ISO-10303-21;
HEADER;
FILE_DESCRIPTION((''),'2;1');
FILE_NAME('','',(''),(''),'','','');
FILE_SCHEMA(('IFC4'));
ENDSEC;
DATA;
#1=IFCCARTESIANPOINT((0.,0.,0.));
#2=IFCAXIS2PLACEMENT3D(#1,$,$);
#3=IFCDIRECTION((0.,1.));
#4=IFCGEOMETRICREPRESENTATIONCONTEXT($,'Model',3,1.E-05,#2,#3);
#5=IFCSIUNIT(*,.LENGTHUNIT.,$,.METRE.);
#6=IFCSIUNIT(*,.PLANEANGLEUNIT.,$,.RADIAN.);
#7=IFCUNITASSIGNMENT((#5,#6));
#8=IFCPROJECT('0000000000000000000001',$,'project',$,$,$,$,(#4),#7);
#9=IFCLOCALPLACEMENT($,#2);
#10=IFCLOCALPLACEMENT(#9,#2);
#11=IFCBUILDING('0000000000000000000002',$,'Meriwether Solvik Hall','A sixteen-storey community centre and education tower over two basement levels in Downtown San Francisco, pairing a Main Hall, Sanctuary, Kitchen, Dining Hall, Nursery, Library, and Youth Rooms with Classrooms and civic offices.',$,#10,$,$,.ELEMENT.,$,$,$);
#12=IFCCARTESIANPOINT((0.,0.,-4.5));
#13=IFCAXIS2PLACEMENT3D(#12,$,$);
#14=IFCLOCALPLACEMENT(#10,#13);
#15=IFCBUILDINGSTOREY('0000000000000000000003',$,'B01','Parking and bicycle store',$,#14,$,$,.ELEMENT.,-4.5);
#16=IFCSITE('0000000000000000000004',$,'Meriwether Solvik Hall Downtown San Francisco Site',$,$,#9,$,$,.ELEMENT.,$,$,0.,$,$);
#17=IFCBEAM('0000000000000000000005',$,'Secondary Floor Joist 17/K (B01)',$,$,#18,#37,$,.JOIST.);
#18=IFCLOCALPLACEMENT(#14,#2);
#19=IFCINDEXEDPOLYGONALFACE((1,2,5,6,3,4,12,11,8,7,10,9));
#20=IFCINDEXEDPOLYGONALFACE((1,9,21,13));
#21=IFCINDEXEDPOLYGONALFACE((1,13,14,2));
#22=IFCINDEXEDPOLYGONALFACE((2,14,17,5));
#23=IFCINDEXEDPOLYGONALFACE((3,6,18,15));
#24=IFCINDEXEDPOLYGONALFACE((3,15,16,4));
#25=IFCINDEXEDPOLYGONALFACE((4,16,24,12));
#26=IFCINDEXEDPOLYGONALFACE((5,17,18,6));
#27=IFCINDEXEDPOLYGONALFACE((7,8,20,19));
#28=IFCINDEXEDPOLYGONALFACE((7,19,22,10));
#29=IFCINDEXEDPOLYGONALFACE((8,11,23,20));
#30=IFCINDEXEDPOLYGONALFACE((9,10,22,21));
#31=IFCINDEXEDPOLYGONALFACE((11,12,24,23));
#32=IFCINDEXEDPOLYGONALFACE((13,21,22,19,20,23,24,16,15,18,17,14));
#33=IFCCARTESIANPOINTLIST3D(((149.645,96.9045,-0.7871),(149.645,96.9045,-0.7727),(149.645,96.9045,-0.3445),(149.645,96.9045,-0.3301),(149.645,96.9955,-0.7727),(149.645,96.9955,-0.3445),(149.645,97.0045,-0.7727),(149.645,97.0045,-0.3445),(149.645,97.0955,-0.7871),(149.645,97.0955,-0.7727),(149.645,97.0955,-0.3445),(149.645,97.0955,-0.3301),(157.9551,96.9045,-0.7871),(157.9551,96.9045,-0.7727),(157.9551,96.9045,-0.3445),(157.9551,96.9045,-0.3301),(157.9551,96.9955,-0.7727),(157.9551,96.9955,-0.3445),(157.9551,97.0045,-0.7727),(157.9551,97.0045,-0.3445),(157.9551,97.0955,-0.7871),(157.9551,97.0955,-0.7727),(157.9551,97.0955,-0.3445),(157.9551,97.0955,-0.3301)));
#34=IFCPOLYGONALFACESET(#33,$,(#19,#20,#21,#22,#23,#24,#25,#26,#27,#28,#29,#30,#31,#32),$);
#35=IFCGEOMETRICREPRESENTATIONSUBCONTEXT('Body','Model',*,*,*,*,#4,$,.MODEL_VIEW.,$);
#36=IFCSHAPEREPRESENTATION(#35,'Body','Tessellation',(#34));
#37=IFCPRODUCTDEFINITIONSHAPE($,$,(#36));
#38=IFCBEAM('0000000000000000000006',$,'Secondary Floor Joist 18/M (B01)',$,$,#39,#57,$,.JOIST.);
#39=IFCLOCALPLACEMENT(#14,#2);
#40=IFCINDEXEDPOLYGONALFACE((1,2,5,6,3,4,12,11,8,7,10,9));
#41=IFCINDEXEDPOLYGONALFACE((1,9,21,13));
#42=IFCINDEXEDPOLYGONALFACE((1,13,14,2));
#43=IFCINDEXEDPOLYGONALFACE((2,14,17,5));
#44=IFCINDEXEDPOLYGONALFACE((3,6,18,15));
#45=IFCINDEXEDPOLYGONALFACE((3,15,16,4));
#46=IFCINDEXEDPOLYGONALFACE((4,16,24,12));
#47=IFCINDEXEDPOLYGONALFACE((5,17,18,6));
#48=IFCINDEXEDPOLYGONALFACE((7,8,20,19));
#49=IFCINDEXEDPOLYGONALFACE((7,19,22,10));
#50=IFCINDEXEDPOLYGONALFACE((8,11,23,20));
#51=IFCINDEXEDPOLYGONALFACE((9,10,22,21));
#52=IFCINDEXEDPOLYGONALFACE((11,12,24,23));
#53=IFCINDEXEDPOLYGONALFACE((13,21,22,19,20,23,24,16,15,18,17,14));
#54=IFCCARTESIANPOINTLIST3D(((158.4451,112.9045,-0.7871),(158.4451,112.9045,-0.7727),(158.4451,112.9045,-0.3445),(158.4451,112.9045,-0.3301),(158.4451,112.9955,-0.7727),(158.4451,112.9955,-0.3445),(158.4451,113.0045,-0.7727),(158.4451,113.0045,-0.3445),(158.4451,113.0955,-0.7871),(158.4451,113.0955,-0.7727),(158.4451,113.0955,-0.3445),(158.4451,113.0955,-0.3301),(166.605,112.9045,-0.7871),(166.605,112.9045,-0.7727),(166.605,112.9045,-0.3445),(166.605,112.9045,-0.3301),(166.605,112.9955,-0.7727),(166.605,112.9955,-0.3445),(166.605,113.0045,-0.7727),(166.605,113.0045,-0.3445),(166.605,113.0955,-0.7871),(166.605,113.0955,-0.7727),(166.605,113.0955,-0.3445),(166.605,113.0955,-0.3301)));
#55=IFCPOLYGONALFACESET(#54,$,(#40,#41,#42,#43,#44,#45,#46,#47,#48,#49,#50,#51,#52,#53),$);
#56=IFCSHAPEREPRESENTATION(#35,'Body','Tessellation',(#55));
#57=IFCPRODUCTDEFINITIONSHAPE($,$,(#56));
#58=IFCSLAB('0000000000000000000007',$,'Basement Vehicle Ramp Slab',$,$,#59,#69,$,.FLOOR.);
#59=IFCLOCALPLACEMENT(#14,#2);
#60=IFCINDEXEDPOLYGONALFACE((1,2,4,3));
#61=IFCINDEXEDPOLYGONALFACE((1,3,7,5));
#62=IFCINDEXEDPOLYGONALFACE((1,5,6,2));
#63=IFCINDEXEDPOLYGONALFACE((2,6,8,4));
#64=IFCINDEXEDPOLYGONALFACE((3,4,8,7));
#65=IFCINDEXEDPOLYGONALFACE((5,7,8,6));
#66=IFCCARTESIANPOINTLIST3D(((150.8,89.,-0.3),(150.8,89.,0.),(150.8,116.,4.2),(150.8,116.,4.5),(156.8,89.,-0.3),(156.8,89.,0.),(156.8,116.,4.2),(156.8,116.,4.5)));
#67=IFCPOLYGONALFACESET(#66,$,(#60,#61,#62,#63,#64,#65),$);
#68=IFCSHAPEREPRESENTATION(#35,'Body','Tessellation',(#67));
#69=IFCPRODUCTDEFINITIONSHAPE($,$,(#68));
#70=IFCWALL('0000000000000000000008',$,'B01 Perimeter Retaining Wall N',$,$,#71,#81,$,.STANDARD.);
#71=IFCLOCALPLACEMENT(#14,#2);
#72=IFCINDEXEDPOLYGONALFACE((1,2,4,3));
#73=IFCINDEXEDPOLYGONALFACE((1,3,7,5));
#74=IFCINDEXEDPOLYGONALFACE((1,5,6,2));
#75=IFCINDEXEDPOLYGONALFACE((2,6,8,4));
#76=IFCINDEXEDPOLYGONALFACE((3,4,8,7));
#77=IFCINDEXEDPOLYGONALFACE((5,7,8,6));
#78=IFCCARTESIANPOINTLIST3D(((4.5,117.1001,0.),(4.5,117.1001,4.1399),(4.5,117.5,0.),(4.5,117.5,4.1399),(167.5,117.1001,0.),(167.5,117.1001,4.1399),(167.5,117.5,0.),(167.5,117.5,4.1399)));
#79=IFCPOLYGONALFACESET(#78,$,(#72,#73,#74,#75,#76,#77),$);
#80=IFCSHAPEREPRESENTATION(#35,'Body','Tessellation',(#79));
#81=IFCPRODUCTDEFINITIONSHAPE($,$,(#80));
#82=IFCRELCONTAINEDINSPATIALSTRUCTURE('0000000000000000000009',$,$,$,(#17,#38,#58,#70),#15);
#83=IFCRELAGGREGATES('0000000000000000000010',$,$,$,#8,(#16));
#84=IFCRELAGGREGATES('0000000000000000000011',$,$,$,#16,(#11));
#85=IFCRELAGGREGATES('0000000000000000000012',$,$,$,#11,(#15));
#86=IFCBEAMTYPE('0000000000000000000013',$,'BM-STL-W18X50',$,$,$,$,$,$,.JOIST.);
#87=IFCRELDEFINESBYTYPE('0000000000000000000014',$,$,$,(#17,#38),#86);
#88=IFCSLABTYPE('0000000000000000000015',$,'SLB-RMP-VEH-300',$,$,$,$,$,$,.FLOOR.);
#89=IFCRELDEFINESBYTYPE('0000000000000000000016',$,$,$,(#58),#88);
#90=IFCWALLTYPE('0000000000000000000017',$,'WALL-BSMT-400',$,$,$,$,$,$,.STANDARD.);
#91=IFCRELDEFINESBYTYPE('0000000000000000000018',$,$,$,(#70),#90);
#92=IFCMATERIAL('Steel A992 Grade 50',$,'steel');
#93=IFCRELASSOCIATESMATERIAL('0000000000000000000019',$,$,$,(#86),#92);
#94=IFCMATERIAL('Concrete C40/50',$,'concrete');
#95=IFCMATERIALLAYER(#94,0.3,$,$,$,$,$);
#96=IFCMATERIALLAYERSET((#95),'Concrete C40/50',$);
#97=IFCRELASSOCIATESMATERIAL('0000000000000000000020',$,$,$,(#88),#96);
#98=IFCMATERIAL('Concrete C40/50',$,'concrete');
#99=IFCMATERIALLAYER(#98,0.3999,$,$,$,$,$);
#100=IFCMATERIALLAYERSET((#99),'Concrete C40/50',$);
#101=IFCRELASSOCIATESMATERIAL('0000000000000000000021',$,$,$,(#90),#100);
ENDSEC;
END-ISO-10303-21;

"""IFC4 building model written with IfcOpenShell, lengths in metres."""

from ifc_helpers import new_model, si_unit, direction, frame, frame_2d, origin, origin_2d, place, context, subcontext, project, spatial, polyline, rectangle, i_section, outline, extrude, material, layer, layer_set, material_profile, profile_set, type_object, element, save


model = new_model("IFC4")

# Units and contexts
model_context = context("Model", 3, precision=1e-05, world=origin(), true_north=direction((0.0, 1.0)))
body_context = subcontext(model_context, "Body", "Model", "MODEL_VIEW")
ifc_project = project(units=[si_unit("LENGTHUNIT", "METRE"), si_unit("PLANEANGLEUNIT", "RADIAN")], contexts=[model_context])

# Site, building, storey
site_placement = place(None, origin())
site = spatial("IfcSite", under=ifc_project, at=site_placement, Name="Meriwether Solvik Hall Downtown San Francisco Site", CompositionType="ELEMENT", RefElevation=0.0)
building_placement = place(site_placement, origin())
building = spatial("IfcBuilding", under=site, at=building_placement, Name="Meriwether Solvik Hall", Description="A sixteen-storey community centre and education tower over two basement levels in Downtown San Francisco, pairing a Main Hall, Sanctuary, Kitchen, Dining Hall, Nursery, Library, and Youth Rooms with Classrooms and civic offices.", CompositionType="ELEMENT")
storey_placement = place(building_placement, frame((0.0, 0.0, -4.5)))
storey = spatial("IfcBuildingStorey", under=building, at=storey_placement, Name="B01", Description="Parking and bicycle store", CompositionType="ELEMENT", Elevation=-4.5)

# Beams
ifc_material_1 = material(Name="Steel A992 Grade 50", Category="steel")
ifc_material_profile_1 = material_profile(ifc_material_1, i_section(OverallWidth=0.1909, OverallDepth=0.457, WebThickness=0.009, FlangeThickness=0.0144, at=origin_2d()), Name="W18X50")
ifc_profile_set_1 = profile_set([ifc_material_profile_1], Name="Steel A992 Grade 50")
beam_type_1 = type_object("IfcBeamType", Name="BM-STL-W18X50", PredefinedType="JOIST", material=ifc_profile_set_1)
beam_1_placement = place(storey_placement, frame((149.645, 97.0, -0.5586), z_axis=(1.0, 0.0, 0.0), x_axis=(0.0, 1.0, 0.0)))
element("IfcBeam", 1, at=beam_1_placement, inside=storey, type_object=beam_type_1, Name="Secondary Floor Joist 17/K (B01)", PredefinedType="JOIST", context=body_context, shape_type="SweptSolid", body=[
    extrude(i_section(OverallWidth=0.1909, OverallDepth=0.457, WebThickness=0.009, FlangeThickness=0.0144, at=origin_2d()), origin(), (0.0, 0.0, 1.0), 8.3101),
])
beam_2_placement = place(storey_placement, frame((158.4451, 113.0, -0.5586), z_axis=(1.0, 0.0, 0.0), x_axis=(0.0, 1.0, 0.0)))
element("IfcBeam", 2, at=beam_2_placement, inside=storey, type_object=beam_type_1, Name="Secondary Floor Joist 18/M (B01)", PredefinedType="JOIST", context=body_context, shape_type="SweptSolid", body=[
    extrude(i_section(OverallWidth=0.1909, OverallDepth=0.457, WebThickness=0.009, FlangeThickness=0.0144, at=origin_2d()), origin(), (0.0, 0.0, 1.0), 8.1599),
])

# Slab
ifc_material_2 = material(Name="Concrete C40/50", Category="concrete")
ifc_layer_1 = layer(ifc_material_2, 0.3)
ifc_layer_set_1 = layer_set([ifc_layer_1], Name="Concrete C40/50")
slab_type = type_object("IfcSlabType", Name="SLB-RMP-VEH-300", PredefinedType="FLOOR", material=ifc_layer_set_1)
slab_placement = place(storey_placement, frame((153.8, 89.0, 0.0), z_axis=(0.0, 0.0, 1.0), x_axis=(0.0, 1.0, 0.0)))
element("IfcSlab", 3, at=slab_placement, inside=storey, type_object=slab_type, Name="Basement Vehicle Ramp Slab", PredefinedType="FLOOR", context=body_context, shape_type="SweptSolid", body=[
    extrude(outline(polyline([(0.0, 0.0), (27.0, 4.5), (27.0, 4.2), (0.0, -0.3), (0.0, 0.0)])), frame((0.0, 3.0, 0.0), z_axis=(0.0, -1.0, 0.0), x_axis=(1.0, 0.0, 0.0)), (0.0, 0.0, 1.0), 6.0),
])

# Wall
ifc_material_3 = material(Name="Concrete C40/50", Category="concrete")
ifc_layer_2 = layer(ifc_material_3, 0.3999)
ifc_layer_set_2 = layer_set([ifc_layer_2], Name="Concrete C40/50")
wall_type = type_object("IfcWallType", Name="WALL-BSMT-400", PredefinedType="STANDARD", material=ifc_layer_set_2)
wall_placement = place(storey_placement, frame((167.5, 117.3, 0.0), z_axis=(0.0, 0.0, 1.0), x_axis=(-1.0, 0.0, 0.0)))
element("IfcWall", 4, at=wall_placement, inside=storey, type_object=wall_type, Name="B01 Perimeter Retaining Wall N", PredefinedType="STANDARD", context=body_context, shape_type="SweptSolid", body=[
    extrude(rectangle(XDim=163.0, YDim=0.3999, at=frame_2d((81.5, 0.0))), origin(), (0.0, 0.0, 1.0), 4.1399),
])

save(model, "model.ifc")
